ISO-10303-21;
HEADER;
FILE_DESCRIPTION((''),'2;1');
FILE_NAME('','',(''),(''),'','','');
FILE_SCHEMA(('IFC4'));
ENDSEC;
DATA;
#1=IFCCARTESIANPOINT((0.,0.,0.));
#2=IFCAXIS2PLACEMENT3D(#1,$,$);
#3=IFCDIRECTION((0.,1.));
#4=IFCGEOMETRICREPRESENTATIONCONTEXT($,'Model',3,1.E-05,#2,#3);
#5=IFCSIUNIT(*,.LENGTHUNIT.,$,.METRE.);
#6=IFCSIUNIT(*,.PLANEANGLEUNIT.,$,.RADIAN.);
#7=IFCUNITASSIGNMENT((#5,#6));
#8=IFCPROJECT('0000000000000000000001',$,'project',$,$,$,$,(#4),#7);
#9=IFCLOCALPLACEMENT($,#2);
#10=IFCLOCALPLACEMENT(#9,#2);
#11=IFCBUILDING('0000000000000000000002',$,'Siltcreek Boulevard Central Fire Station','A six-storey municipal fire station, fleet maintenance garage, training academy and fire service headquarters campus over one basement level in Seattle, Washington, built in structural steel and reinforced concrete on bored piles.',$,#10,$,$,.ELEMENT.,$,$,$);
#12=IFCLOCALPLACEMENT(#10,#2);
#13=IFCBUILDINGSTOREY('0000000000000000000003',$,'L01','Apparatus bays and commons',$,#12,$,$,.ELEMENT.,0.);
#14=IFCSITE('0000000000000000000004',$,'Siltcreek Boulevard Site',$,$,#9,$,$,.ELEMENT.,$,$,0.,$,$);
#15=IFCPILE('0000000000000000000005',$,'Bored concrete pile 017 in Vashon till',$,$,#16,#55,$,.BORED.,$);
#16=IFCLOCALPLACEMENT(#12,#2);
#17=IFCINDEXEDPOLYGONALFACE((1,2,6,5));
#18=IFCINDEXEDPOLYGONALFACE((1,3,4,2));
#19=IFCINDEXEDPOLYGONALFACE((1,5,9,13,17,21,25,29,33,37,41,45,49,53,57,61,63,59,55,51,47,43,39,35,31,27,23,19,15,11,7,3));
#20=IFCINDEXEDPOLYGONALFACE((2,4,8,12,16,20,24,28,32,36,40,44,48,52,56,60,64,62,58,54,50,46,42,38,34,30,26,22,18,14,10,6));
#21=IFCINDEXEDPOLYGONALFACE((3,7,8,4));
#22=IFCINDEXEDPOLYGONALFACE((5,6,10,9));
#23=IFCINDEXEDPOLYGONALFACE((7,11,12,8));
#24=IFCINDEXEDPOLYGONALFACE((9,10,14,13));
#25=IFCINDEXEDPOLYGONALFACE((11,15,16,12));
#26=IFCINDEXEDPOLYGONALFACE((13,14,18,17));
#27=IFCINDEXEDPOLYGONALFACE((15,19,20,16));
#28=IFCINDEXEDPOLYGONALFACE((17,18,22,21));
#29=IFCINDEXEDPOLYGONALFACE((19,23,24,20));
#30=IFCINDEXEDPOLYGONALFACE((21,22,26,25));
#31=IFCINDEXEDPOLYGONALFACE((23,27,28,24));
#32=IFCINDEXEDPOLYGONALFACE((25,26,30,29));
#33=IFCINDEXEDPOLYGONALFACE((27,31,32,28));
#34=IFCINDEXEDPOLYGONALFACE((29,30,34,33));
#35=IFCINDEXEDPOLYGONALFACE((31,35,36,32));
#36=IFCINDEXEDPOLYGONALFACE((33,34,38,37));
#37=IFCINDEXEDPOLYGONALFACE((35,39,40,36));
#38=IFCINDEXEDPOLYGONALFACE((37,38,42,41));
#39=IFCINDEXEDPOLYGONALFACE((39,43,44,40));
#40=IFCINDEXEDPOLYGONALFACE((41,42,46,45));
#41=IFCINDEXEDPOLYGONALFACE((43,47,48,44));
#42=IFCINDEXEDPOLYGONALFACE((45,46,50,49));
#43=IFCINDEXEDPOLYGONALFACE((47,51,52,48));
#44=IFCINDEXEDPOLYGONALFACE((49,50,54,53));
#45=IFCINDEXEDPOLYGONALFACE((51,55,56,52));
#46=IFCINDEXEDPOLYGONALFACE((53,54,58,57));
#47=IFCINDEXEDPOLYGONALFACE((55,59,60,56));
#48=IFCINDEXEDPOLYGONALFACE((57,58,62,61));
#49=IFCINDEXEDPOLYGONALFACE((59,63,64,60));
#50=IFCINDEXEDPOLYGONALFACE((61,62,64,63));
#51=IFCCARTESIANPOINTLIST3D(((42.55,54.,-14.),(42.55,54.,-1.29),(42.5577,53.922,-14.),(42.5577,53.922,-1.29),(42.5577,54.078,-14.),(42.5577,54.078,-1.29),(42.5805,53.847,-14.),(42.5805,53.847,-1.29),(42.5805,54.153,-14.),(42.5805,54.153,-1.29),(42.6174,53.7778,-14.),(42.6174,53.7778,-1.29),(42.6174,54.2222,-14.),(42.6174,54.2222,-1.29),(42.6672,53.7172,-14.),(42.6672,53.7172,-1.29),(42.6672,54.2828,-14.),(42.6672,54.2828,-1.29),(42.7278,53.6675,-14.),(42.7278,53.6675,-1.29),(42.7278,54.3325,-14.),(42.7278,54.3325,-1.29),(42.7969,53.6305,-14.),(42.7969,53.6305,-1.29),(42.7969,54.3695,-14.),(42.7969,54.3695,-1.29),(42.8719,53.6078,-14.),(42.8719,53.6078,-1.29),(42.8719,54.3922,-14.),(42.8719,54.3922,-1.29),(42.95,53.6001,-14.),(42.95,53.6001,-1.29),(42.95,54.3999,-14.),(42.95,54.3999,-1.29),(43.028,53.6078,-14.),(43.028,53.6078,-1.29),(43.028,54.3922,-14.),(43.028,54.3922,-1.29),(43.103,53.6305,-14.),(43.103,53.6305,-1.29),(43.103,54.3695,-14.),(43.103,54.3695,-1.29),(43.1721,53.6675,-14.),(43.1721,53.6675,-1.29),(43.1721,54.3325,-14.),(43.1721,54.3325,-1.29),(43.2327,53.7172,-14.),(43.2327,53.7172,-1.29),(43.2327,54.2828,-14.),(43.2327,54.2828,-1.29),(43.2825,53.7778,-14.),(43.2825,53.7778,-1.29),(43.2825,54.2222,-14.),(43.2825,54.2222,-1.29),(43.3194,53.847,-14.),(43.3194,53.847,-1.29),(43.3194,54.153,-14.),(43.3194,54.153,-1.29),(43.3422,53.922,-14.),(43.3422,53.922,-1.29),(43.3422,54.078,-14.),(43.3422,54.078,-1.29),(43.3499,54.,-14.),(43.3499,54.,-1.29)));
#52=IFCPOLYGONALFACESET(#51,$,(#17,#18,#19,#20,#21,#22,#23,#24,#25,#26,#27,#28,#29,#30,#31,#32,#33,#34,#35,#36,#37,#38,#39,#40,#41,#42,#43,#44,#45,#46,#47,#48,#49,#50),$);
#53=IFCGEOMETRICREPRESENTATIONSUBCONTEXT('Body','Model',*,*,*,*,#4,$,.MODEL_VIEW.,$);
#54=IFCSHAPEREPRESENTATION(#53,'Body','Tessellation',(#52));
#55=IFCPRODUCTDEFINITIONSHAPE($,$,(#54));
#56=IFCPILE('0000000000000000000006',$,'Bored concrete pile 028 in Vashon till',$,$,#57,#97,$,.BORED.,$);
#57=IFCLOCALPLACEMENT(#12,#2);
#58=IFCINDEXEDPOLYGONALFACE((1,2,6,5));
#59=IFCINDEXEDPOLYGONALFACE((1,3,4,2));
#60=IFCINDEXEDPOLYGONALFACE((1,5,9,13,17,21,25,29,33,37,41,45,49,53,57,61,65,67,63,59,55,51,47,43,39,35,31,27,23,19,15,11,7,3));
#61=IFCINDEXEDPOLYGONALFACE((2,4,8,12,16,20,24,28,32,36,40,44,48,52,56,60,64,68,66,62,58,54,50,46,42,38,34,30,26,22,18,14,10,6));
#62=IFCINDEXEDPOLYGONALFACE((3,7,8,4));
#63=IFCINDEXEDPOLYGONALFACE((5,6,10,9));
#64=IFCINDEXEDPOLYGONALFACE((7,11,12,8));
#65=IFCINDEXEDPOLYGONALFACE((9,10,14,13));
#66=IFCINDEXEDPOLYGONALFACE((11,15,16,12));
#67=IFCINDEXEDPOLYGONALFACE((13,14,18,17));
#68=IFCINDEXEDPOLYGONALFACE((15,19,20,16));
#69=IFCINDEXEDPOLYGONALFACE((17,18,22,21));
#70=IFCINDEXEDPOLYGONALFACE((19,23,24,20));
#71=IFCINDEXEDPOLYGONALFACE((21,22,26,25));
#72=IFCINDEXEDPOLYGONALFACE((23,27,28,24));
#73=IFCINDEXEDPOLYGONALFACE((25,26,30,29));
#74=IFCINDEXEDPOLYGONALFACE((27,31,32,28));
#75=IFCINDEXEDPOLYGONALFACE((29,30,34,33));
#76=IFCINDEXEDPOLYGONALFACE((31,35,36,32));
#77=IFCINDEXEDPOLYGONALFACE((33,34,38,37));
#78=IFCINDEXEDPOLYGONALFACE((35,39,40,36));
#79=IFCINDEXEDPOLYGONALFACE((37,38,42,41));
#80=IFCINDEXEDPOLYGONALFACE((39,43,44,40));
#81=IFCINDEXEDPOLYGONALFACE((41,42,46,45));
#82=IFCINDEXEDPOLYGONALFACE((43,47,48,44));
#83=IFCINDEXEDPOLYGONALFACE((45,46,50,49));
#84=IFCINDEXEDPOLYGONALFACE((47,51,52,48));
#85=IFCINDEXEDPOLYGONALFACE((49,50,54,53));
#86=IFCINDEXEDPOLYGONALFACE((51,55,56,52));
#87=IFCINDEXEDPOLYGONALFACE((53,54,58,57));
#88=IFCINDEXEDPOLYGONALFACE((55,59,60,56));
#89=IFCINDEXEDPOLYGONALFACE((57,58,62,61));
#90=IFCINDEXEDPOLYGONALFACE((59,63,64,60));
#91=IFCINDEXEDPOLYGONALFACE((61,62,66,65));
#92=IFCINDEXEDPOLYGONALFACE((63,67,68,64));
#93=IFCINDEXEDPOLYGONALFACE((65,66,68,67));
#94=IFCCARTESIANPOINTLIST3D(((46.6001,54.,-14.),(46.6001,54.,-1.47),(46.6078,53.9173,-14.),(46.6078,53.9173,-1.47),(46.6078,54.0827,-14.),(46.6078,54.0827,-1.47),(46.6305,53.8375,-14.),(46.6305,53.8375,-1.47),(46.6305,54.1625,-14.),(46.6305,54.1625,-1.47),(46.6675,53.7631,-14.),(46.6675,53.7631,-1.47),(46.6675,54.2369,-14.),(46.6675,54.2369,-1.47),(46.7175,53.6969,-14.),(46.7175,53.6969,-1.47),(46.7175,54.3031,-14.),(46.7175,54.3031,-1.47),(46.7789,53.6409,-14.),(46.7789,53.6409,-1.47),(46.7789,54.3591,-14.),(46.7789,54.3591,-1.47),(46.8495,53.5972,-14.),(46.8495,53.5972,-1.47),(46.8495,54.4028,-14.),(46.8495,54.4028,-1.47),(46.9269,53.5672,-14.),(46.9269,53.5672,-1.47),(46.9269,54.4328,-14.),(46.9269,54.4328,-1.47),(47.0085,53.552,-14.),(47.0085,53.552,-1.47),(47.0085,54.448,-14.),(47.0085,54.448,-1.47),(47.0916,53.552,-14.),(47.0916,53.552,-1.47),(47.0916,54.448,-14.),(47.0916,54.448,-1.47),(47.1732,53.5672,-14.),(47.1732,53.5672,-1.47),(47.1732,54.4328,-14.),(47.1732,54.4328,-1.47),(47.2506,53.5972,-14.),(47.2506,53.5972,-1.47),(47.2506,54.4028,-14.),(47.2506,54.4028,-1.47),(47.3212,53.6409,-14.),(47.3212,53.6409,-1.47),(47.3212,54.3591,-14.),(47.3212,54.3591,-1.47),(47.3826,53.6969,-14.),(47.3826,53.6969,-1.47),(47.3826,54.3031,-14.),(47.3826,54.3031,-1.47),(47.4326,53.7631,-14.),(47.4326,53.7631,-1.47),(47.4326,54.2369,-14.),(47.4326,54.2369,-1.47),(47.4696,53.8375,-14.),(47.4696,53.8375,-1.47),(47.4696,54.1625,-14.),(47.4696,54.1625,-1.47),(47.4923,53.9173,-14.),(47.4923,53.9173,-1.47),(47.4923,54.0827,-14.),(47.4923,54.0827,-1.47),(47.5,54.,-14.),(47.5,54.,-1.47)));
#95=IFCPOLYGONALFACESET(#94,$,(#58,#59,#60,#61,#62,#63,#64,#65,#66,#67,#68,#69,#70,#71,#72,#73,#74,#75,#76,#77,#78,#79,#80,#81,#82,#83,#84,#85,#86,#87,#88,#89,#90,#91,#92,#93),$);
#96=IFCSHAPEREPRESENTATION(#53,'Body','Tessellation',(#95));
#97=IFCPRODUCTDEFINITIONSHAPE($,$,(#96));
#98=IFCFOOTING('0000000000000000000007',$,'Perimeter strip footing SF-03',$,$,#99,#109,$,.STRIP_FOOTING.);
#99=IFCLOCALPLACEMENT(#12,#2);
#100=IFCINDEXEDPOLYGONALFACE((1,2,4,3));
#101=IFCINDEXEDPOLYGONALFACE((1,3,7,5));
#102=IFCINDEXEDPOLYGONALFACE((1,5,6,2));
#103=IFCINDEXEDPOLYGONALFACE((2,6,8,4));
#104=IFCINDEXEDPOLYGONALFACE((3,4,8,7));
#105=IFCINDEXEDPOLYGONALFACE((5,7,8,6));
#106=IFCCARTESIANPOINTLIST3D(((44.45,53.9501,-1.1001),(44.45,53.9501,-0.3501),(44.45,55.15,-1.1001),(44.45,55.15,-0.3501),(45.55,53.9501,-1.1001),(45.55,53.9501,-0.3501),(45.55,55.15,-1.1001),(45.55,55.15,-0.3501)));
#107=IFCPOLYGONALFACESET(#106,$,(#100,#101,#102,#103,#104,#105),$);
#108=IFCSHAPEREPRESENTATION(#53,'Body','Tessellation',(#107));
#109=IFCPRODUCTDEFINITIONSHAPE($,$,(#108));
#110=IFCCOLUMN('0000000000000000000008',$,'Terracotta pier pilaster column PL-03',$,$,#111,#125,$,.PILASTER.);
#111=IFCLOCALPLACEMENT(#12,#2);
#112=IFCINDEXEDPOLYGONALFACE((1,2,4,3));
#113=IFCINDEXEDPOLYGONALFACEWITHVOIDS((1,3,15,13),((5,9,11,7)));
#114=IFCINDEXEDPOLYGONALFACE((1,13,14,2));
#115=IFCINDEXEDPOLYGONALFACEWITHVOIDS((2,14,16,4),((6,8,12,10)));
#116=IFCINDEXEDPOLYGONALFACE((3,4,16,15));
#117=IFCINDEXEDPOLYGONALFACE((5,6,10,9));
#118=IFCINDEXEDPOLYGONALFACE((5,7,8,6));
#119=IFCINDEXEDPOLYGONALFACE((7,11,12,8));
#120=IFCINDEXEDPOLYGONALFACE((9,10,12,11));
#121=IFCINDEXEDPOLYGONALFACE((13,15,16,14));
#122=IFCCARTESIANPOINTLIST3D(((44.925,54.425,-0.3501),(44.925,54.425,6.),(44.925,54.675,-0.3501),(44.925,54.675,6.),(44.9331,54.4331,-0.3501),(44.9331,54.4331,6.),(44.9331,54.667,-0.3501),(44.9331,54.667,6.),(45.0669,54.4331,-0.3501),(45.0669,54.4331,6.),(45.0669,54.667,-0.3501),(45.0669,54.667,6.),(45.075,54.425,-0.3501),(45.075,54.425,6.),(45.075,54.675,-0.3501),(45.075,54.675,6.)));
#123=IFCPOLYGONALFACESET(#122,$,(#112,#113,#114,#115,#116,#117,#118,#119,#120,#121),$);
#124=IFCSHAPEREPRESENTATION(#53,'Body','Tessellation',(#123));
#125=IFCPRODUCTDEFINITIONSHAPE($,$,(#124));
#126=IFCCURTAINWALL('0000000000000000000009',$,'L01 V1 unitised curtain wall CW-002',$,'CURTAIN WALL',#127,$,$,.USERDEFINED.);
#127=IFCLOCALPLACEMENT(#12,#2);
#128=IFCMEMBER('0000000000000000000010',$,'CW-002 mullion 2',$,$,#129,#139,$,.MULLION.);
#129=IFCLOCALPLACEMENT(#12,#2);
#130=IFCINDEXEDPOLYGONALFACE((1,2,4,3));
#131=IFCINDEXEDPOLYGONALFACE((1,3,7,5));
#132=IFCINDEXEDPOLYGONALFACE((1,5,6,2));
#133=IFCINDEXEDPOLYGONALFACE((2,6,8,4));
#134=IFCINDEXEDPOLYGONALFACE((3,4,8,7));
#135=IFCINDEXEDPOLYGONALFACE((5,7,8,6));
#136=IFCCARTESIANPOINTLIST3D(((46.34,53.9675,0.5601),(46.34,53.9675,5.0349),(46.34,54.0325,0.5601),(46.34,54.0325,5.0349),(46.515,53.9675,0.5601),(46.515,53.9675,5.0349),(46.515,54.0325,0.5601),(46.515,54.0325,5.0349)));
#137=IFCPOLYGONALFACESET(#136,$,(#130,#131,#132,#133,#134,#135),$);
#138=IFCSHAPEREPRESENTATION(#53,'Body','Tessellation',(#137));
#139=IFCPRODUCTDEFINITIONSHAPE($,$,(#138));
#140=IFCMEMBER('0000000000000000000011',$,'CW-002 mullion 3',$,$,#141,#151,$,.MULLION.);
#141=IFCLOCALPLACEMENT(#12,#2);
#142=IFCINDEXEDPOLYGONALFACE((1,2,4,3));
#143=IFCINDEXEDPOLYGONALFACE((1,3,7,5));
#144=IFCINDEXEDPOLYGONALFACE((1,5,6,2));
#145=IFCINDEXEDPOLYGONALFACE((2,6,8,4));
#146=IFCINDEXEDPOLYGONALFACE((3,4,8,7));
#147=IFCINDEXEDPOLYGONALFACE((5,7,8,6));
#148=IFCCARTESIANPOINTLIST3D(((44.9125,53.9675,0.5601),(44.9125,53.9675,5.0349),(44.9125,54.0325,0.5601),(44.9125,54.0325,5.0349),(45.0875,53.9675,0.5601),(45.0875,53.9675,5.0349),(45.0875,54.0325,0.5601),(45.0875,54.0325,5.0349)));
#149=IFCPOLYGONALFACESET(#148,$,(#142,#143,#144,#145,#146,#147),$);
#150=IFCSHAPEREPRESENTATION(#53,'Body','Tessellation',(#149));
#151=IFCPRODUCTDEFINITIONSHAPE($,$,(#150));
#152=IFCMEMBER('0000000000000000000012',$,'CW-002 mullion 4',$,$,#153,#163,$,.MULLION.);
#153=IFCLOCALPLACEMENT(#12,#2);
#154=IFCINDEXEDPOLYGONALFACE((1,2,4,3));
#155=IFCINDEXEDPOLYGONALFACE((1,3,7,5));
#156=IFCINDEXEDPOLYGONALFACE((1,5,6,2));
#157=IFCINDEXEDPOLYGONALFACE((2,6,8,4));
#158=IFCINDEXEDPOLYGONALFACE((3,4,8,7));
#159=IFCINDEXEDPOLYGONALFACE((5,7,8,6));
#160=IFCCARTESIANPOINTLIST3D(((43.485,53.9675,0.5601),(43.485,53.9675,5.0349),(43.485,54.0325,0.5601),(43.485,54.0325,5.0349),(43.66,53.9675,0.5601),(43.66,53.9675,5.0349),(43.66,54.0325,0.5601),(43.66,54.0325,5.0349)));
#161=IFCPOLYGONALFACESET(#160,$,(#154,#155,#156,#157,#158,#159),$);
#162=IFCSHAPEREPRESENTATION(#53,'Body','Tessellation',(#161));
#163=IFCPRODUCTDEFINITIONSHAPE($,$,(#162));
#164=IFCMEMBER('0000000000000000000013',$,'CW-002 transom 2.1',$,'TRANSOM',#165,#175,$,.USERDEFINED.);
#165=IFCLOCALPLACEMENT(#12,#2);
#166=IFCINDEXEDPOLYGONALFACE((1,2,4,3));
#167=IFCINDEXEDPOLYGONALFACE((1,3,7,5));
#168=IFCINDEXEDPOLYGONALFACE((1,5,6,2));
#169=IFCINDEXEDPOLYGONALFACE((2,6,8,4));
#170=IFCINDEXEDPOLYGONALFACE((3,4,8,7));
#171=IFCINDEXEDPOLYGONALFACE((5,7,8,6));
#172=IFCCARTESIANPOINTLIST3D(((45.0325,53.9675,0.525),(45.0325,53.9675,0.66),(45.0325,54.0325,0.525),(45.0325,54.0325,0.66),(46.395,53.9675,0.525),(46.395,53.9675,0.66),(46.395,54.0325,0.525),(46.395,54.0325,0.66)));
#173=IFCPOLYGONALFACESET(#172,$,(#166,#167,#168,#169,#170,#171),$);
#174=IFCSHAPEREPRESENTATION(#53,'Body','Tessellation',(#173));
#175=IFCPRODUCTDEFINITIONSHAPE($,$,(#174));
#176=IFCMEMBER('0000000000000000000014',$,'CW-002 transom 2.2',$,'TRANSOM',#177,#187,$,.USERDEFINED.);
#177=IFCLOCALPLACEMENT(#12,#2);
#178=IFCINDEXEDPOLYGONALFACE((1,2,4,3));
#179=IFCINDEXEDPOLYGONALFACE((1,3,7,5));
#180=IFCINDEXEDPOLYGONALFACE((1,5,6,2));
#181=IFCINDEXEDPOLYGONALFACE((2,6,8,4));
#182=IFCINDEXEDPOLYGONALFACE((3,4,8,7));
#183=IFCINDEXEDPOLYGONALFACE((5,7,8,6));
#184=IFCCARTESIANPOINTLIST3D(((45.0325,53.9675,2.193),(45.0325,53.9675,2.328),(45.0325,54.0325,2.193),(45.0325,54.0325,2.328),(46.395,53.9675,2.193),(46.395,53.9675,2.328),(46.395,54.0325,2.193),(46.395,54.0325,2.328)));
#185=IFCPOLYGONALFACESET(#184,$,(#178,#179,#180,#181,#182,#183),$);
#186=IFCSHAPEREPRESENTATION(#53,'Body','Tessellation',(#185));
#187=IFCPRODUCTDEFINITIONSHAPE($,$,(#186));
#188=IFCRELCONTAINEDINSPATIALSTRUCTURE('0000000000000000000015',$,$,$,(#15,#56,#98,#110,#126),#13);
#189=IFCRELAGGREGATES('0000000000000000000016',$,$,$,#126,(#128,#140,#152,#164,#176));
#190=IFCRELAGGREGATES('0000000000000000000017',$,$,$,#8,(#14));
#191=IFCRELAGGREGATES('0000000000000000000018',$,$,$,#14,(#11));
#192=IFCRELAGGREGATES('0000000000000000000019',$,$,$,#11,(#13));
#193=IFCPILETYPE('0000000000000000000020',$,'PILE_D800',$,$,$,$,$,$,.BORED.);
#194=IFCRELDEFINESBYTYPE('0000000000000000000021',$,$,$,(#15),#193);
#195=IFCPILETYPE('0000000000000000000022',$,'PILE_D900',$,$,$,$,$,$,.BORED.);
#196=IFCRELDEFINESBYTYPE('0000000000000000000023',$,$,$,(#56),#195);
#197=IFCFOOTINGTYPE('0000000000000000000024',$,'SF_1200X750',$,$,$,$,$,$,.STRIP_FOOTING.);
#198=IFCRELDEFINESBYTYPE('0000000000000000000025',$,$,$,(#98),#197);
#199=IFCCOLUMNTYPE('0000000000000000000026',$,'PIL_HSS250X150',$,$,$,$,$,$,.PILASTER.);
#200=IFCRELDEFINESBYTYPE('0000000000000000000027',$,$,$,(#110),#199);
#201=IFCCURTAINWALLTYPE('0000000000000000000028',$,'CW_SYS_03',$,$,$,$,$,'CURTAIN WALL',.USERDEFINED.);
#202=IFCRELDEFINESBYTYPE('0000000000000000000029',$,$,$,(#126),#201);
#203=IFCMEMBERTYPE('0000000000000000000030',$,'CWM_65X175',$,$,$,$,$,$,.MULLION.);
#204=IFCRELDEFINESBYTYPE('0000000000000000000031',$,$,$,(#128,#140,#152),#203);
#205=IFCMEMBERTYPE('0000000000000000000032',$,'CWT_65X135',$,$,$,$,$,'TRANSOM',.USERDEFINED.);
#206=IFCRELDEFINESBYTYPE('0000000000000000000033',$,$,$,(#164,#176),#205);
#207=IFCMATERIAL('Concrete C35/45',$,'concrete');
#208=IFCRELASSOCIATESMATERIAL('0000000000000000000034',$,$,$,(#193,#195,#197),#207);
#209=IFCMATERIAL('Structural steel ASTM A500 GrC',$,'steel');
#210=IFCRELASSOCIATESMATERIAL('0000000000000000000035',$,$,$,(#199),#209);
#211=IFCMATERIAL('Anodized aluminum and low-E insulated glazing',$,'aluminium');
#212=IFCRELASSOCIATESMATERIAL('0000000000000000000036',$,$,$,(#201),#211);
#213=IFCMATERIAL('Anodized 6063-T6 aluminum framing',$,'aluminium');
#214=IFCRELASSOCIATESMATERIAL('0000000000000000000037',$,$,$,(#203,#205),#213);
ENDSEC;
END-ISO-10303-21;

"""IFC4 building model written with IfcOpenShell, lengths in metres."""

from ifc_helpers import new_model, si_unit, direction, frame, origin, origin_2d, place, context, subcontext, project, spatial, rectangle, hollow_rectangle, circle, extrude, material, material_profile, profile_set, type_object, element, aggregate, save


model = new_model("IFC4")

# Units and contexts
model_context = context("Model", 3, precision=1e-05, world=origin(), true_north=direction((0.0, 1.0)))
body_context = subcontext(model_context, "Body", "Model", "MODEL_VIEW")
ifc_project = project(units=[si_unit("LENGTHUNIT", "METRE"), si_unit("PLANEANGLEUNIT", "RADIAN")], contexts=[model_context])

# Site, building, storey
site_placement = place(None, origin())
site = spatial("IfcSite", under=ifc_project, at=site_placement, Name="Siltcreek Boulevard Site", CompositionType="ELEMENT", RefElevation=0.0)
building_placement = place(site_placement, origin())
building = spatial("IfcBuilding", under=site, at=building_placement, Name="Siltcreek Boulevard Central Fire Station", Description="A six-storey municipal fire station, fleet maintenance garage, training academy and fire service headquarters campus over one basement level in Seattle, Washington, built in structural steel and reinforced concrete on bored piles.", CompositionType="ELEMENT")
storey_placement = place(building_placement, origin())
storey = spatial("IfcBuildingStorey", under=building, at=storey_placement, Name="L01", Description="Apparatus bays and commons", CompositionType="ELEMENT", Elevation=0.0)

# Piles
ifc_material_1 = material(Name="Concrete C35/45", Category="concrete")
ifc_material_profile_1 = material_profile(ifc_material_1, circle(Radius=0.3999, at=origin_2d()), Name="SHAFT800")
ifc_profile_set_1 = profile_set([ifc_material_profile_1], Name="Concrete C35/45")
pile_type_1 = type_object("IfcPileType", Name="PILE_D800", PredefinedType="BORED", material=ifc_profile_set_1)
pile_1_placement = place(storey_placement, frame((42.95, 54.0, -1.29), z_axis=(0.0, 0.0, -1.0), x_axis=(1.0, 0.0, 0.0)))
element("IfcPile", 1, at=pile_1_placement, inside=storey, type_object=pile_type_1, Name="Bored concrete pile 017 in Vashon till", PredefinedType="BORED", context=body_context, shape_type="SweptSolid", body=[
    extrude(circle(Radius=0.3999, at=origin_2d()), origin(), (0.0, 0.0, 1.0), 12.71),
])
ifc_material_profile_2 = material_profile(ifc_material_1, circle(Radius=0.45, at=origin_2d()), Name="SHAFT900")
ifc_profile_set_2 = profile_set([ifc_material_profile_2], Name="Concrete C35/45")
pile_type_2 = type_object("IfcPileType", Name="PILE_D900", PredefinedType="BORED", material=ifc_profile_set_2)
pile_2_placement = place(storey_placement, frame((47.05, 54.0, -1.47), z_axis=(0.0, 0.0, -1.0), x_axis=(1.0, 0.0, 0.0)))
element("IfcPile", 2, at=pile_2_placement, inside=storey, type_object=pile_type_2, Name="Bored concrete pile 028 in Vashon till", PredefinedType="BORED", context=body_context, shape_type="SweptSolid", body=[
    extrude(circle(Radius=0.45, at=origin_2d()), origin(), (0.0, 0.0, 1.0), 12.53),
])

# Footing
footing_type = type_object("IfcFootingType", Name="SF_1200X750", PredefinedType="STRIP_FOOTING", material=ifc_material_1)
footing_placement = place(storey_placement, frame((45.0, 54.55, -1.1001), z_axis=(0.0, 0.0, 1.0), x_axis=(1.0, 0.0, 0.0)))
element("IfcFooting", 3, at=footing_placement, inside=storey, type_object=footing_type, Name="Perimeter strip footing SF-03", PredefinedType="STRIP_FOOTING", context=body_context, shape_type="SweptSolid", body=[
    extrude(rectangle(XDim=1.1001, YDim=1.2, at=origin_2d()), origin(), (0.0, 0.0, 1.0), 0.75),
])

# Column
ifc_material_2 = material(Name="Structural steel ASTM A500 GrC", Category="steel")
ifc_material_profile_3 = material_profile(ifc_material_2, hollow_rectangle(XDim=0.1499, YDim=0.25, WallThickness=0.0081, at=origin_2d()), Name="HSS250X150X8.0")
ifc_profile_set_3 = profile_set([ifc_material_profile_3], Name="Structural steel ASTM A500 GrC")
column_type = type_object("IfcColumnType", Name="PIL_HSS250X150", PredefinedType="PILASTER", material=ifc_profile_set_3)
column_placement = place(storey_placement, frame((45.0, 54.55, -0.3501), z_axis=(0.0, 0.0, 1.0), x_axis=(1.0, 0.0, 0.0)))
element("IfcColumn", 4, at=column_placement, inside=storey, type_object=column_type, Name="Terracotta pier pilaster column PL-03", PredefinedType="PILASTER", context=body_context, shape_type="SweptSolid", body=[
    extrude(hollow_rectangle(XDim=0.1499, YDim=0.25, WallThickness=0.0081, at=origin_2d()), origin(), (0.0, 0.0, 1.0), 6.3501),
])

# Curtain wall, members
ifc_material_3 = material(Name="Anodized aluminum and low-E insulated glazing", Category="aluminium")
curtain_wall_type = type_object("IfcCurtainWallType", Name="CW_SYS_03", ElementType="CURTAIN WALL", PredefinedType="USERDEFINED", material=ifc_material_3)
curtain_wall_placement = place(storey_placement, origin())
curtain_wall = element("IfcCurtainWall", 5, at=curtain_wall_placement, inside=storey, type_object=curtain_wall_type, Name="L01 V1 unitised curtain wall CW-002", ObjectType="CURTAIN WALL", PredefinedType="USERDEFINED")
ifc_material_4 = material(Name="Anodized 6063-T6 aluminum framing", Category="aluminium")
ifc_material_profile_4 = material_profile(ifc_material_4, rectangle(XDim=0.0649, YDim=0.175, at=origin_2d()), Name="MULL65X175")
ifc_profile_set_4 = profile_set([ifc_material_profile_4], Name="Anodized 6063-T6 aluminum framing")
member_type_1 = type_object("IfcMemberType", Name="CWM_65X175", PredefinedType="MULLION", material=ifc_profile_set_4)
member_1_placement = place(storey_placement, frame((46.4275, 54.0, 0.5601), z_axis=(0.0, 0.0, 1.0), x_axis=(0.0, -1.0, 0.0)))
member_1 = element("IfcMember", 6, at=member_1_placement, type_object=member_type_1, Name="CW-002 mullion 2", PredefinedType="MULLION", context=body_context, shape_type="SweptSolid", body=[
    extrude(rectangle(XDim=0.0649, YDim=0.175, at=origin_2d()), origin(), (0.0, 0.0, 1.0), 4.4749),
])
member_2_placement = place(storey_placement, frame((45.0, 54.0, 0.5601), z_axis=(0.0, 0.0, 1.0), x_axis=(0.0, -1.0, 0.0)))
member_2 = element("IfcMember", 7, at=member_2_placement, type_object=member_type_1, Name="CW-002 mullion 3", PredefinedType="MULLION", context=body_context, shape_type="SweptSolid", body=[
    extrude(rectangle(XDim=0.0649, YDim=0.175, at=origin_2d()), origin(), (0.0, 0.0, 1.0), 4.4749),
])
member_3_placement = place(storey_placement, frame((43.5725, 54.0, 0.5601), z_axis=(0.0, 0.0, 1.0), x_axis=(0.0, -1.0, 0.0)))
member_3 = element("IfcMember", 8, at=member_3_placement, type_object=member_type_1, Name="CW-002 mullion 4", PredefinedType="MULLION", context=body_context, shape_type="SweptSolid", body=[
    extrude(rectangle(XDim=0.0649, YDim=0.175, at=origin_2d()), origin(), (0.0, 0.0, 1.0), 4.4749),
])
ifc_material_profile_5 = material_profile(ifc_material_4, rectangle(XDim=0.0649, YDim=0.135, at=origin_2d()), Name="TRAN65X135")
ifc_profile_set_5 = profile_set([ifc_material_profile_5], Name="Anodized 6063-T6 aluminum framing")
member_type_2 = type_object("IfcMemberType", Name="CWT_65X135", ElementType="TRANSOM", PredefinedType="USERDEFINED", material=ifc_profile_set_5)
member_4_placement = place(storey_placement, frame((46.395, 54.0, 0.5925), z_axis=(-1.0, 0.0, 0.0), x_axis=(0.0, -1.0, 0.0)))
member_4 = element("IfcMember", 9, at=member_4_placement, type_object=member_type_2, Name="CW-002 transom 2.1", ObjectType="TRANSOM", PredefinedType="USERDEFINED", context=body_context, shape_type="SweptSolid", body=[
    extrude(rectangle(XDim=0.0649, YDim=0.135, at=origin_2d()), origin(), (0.0, 0.0, 1.0), 1.3625),
])
member_5_placement = place(storey_placement, frame((46.395, 54.0, 2.2605), z_axis=(-1.0, 0.0, 0.0), x_axis=(0.0, -1.0, 0.0)))
member_5 = element("IfcMember", 10, at=member_5_placement, type_object=member_type_2, Name="CW-002 transom 2.2", ObjectType="TRANSOM", PredefinedType="USERDEFINED", context=body_context, shape_type="SweptSolid", body=[
    extrude(rectangle(XDim=0.0649, YDim=0.135, at=origin_2d()), origin(), (0.0, 0.0, 1.0), 1.3625),
])
aggregate(curtain_wall, [member_1, member_2, member_3, member_4, member_5])

save(model, "model.ifc")
